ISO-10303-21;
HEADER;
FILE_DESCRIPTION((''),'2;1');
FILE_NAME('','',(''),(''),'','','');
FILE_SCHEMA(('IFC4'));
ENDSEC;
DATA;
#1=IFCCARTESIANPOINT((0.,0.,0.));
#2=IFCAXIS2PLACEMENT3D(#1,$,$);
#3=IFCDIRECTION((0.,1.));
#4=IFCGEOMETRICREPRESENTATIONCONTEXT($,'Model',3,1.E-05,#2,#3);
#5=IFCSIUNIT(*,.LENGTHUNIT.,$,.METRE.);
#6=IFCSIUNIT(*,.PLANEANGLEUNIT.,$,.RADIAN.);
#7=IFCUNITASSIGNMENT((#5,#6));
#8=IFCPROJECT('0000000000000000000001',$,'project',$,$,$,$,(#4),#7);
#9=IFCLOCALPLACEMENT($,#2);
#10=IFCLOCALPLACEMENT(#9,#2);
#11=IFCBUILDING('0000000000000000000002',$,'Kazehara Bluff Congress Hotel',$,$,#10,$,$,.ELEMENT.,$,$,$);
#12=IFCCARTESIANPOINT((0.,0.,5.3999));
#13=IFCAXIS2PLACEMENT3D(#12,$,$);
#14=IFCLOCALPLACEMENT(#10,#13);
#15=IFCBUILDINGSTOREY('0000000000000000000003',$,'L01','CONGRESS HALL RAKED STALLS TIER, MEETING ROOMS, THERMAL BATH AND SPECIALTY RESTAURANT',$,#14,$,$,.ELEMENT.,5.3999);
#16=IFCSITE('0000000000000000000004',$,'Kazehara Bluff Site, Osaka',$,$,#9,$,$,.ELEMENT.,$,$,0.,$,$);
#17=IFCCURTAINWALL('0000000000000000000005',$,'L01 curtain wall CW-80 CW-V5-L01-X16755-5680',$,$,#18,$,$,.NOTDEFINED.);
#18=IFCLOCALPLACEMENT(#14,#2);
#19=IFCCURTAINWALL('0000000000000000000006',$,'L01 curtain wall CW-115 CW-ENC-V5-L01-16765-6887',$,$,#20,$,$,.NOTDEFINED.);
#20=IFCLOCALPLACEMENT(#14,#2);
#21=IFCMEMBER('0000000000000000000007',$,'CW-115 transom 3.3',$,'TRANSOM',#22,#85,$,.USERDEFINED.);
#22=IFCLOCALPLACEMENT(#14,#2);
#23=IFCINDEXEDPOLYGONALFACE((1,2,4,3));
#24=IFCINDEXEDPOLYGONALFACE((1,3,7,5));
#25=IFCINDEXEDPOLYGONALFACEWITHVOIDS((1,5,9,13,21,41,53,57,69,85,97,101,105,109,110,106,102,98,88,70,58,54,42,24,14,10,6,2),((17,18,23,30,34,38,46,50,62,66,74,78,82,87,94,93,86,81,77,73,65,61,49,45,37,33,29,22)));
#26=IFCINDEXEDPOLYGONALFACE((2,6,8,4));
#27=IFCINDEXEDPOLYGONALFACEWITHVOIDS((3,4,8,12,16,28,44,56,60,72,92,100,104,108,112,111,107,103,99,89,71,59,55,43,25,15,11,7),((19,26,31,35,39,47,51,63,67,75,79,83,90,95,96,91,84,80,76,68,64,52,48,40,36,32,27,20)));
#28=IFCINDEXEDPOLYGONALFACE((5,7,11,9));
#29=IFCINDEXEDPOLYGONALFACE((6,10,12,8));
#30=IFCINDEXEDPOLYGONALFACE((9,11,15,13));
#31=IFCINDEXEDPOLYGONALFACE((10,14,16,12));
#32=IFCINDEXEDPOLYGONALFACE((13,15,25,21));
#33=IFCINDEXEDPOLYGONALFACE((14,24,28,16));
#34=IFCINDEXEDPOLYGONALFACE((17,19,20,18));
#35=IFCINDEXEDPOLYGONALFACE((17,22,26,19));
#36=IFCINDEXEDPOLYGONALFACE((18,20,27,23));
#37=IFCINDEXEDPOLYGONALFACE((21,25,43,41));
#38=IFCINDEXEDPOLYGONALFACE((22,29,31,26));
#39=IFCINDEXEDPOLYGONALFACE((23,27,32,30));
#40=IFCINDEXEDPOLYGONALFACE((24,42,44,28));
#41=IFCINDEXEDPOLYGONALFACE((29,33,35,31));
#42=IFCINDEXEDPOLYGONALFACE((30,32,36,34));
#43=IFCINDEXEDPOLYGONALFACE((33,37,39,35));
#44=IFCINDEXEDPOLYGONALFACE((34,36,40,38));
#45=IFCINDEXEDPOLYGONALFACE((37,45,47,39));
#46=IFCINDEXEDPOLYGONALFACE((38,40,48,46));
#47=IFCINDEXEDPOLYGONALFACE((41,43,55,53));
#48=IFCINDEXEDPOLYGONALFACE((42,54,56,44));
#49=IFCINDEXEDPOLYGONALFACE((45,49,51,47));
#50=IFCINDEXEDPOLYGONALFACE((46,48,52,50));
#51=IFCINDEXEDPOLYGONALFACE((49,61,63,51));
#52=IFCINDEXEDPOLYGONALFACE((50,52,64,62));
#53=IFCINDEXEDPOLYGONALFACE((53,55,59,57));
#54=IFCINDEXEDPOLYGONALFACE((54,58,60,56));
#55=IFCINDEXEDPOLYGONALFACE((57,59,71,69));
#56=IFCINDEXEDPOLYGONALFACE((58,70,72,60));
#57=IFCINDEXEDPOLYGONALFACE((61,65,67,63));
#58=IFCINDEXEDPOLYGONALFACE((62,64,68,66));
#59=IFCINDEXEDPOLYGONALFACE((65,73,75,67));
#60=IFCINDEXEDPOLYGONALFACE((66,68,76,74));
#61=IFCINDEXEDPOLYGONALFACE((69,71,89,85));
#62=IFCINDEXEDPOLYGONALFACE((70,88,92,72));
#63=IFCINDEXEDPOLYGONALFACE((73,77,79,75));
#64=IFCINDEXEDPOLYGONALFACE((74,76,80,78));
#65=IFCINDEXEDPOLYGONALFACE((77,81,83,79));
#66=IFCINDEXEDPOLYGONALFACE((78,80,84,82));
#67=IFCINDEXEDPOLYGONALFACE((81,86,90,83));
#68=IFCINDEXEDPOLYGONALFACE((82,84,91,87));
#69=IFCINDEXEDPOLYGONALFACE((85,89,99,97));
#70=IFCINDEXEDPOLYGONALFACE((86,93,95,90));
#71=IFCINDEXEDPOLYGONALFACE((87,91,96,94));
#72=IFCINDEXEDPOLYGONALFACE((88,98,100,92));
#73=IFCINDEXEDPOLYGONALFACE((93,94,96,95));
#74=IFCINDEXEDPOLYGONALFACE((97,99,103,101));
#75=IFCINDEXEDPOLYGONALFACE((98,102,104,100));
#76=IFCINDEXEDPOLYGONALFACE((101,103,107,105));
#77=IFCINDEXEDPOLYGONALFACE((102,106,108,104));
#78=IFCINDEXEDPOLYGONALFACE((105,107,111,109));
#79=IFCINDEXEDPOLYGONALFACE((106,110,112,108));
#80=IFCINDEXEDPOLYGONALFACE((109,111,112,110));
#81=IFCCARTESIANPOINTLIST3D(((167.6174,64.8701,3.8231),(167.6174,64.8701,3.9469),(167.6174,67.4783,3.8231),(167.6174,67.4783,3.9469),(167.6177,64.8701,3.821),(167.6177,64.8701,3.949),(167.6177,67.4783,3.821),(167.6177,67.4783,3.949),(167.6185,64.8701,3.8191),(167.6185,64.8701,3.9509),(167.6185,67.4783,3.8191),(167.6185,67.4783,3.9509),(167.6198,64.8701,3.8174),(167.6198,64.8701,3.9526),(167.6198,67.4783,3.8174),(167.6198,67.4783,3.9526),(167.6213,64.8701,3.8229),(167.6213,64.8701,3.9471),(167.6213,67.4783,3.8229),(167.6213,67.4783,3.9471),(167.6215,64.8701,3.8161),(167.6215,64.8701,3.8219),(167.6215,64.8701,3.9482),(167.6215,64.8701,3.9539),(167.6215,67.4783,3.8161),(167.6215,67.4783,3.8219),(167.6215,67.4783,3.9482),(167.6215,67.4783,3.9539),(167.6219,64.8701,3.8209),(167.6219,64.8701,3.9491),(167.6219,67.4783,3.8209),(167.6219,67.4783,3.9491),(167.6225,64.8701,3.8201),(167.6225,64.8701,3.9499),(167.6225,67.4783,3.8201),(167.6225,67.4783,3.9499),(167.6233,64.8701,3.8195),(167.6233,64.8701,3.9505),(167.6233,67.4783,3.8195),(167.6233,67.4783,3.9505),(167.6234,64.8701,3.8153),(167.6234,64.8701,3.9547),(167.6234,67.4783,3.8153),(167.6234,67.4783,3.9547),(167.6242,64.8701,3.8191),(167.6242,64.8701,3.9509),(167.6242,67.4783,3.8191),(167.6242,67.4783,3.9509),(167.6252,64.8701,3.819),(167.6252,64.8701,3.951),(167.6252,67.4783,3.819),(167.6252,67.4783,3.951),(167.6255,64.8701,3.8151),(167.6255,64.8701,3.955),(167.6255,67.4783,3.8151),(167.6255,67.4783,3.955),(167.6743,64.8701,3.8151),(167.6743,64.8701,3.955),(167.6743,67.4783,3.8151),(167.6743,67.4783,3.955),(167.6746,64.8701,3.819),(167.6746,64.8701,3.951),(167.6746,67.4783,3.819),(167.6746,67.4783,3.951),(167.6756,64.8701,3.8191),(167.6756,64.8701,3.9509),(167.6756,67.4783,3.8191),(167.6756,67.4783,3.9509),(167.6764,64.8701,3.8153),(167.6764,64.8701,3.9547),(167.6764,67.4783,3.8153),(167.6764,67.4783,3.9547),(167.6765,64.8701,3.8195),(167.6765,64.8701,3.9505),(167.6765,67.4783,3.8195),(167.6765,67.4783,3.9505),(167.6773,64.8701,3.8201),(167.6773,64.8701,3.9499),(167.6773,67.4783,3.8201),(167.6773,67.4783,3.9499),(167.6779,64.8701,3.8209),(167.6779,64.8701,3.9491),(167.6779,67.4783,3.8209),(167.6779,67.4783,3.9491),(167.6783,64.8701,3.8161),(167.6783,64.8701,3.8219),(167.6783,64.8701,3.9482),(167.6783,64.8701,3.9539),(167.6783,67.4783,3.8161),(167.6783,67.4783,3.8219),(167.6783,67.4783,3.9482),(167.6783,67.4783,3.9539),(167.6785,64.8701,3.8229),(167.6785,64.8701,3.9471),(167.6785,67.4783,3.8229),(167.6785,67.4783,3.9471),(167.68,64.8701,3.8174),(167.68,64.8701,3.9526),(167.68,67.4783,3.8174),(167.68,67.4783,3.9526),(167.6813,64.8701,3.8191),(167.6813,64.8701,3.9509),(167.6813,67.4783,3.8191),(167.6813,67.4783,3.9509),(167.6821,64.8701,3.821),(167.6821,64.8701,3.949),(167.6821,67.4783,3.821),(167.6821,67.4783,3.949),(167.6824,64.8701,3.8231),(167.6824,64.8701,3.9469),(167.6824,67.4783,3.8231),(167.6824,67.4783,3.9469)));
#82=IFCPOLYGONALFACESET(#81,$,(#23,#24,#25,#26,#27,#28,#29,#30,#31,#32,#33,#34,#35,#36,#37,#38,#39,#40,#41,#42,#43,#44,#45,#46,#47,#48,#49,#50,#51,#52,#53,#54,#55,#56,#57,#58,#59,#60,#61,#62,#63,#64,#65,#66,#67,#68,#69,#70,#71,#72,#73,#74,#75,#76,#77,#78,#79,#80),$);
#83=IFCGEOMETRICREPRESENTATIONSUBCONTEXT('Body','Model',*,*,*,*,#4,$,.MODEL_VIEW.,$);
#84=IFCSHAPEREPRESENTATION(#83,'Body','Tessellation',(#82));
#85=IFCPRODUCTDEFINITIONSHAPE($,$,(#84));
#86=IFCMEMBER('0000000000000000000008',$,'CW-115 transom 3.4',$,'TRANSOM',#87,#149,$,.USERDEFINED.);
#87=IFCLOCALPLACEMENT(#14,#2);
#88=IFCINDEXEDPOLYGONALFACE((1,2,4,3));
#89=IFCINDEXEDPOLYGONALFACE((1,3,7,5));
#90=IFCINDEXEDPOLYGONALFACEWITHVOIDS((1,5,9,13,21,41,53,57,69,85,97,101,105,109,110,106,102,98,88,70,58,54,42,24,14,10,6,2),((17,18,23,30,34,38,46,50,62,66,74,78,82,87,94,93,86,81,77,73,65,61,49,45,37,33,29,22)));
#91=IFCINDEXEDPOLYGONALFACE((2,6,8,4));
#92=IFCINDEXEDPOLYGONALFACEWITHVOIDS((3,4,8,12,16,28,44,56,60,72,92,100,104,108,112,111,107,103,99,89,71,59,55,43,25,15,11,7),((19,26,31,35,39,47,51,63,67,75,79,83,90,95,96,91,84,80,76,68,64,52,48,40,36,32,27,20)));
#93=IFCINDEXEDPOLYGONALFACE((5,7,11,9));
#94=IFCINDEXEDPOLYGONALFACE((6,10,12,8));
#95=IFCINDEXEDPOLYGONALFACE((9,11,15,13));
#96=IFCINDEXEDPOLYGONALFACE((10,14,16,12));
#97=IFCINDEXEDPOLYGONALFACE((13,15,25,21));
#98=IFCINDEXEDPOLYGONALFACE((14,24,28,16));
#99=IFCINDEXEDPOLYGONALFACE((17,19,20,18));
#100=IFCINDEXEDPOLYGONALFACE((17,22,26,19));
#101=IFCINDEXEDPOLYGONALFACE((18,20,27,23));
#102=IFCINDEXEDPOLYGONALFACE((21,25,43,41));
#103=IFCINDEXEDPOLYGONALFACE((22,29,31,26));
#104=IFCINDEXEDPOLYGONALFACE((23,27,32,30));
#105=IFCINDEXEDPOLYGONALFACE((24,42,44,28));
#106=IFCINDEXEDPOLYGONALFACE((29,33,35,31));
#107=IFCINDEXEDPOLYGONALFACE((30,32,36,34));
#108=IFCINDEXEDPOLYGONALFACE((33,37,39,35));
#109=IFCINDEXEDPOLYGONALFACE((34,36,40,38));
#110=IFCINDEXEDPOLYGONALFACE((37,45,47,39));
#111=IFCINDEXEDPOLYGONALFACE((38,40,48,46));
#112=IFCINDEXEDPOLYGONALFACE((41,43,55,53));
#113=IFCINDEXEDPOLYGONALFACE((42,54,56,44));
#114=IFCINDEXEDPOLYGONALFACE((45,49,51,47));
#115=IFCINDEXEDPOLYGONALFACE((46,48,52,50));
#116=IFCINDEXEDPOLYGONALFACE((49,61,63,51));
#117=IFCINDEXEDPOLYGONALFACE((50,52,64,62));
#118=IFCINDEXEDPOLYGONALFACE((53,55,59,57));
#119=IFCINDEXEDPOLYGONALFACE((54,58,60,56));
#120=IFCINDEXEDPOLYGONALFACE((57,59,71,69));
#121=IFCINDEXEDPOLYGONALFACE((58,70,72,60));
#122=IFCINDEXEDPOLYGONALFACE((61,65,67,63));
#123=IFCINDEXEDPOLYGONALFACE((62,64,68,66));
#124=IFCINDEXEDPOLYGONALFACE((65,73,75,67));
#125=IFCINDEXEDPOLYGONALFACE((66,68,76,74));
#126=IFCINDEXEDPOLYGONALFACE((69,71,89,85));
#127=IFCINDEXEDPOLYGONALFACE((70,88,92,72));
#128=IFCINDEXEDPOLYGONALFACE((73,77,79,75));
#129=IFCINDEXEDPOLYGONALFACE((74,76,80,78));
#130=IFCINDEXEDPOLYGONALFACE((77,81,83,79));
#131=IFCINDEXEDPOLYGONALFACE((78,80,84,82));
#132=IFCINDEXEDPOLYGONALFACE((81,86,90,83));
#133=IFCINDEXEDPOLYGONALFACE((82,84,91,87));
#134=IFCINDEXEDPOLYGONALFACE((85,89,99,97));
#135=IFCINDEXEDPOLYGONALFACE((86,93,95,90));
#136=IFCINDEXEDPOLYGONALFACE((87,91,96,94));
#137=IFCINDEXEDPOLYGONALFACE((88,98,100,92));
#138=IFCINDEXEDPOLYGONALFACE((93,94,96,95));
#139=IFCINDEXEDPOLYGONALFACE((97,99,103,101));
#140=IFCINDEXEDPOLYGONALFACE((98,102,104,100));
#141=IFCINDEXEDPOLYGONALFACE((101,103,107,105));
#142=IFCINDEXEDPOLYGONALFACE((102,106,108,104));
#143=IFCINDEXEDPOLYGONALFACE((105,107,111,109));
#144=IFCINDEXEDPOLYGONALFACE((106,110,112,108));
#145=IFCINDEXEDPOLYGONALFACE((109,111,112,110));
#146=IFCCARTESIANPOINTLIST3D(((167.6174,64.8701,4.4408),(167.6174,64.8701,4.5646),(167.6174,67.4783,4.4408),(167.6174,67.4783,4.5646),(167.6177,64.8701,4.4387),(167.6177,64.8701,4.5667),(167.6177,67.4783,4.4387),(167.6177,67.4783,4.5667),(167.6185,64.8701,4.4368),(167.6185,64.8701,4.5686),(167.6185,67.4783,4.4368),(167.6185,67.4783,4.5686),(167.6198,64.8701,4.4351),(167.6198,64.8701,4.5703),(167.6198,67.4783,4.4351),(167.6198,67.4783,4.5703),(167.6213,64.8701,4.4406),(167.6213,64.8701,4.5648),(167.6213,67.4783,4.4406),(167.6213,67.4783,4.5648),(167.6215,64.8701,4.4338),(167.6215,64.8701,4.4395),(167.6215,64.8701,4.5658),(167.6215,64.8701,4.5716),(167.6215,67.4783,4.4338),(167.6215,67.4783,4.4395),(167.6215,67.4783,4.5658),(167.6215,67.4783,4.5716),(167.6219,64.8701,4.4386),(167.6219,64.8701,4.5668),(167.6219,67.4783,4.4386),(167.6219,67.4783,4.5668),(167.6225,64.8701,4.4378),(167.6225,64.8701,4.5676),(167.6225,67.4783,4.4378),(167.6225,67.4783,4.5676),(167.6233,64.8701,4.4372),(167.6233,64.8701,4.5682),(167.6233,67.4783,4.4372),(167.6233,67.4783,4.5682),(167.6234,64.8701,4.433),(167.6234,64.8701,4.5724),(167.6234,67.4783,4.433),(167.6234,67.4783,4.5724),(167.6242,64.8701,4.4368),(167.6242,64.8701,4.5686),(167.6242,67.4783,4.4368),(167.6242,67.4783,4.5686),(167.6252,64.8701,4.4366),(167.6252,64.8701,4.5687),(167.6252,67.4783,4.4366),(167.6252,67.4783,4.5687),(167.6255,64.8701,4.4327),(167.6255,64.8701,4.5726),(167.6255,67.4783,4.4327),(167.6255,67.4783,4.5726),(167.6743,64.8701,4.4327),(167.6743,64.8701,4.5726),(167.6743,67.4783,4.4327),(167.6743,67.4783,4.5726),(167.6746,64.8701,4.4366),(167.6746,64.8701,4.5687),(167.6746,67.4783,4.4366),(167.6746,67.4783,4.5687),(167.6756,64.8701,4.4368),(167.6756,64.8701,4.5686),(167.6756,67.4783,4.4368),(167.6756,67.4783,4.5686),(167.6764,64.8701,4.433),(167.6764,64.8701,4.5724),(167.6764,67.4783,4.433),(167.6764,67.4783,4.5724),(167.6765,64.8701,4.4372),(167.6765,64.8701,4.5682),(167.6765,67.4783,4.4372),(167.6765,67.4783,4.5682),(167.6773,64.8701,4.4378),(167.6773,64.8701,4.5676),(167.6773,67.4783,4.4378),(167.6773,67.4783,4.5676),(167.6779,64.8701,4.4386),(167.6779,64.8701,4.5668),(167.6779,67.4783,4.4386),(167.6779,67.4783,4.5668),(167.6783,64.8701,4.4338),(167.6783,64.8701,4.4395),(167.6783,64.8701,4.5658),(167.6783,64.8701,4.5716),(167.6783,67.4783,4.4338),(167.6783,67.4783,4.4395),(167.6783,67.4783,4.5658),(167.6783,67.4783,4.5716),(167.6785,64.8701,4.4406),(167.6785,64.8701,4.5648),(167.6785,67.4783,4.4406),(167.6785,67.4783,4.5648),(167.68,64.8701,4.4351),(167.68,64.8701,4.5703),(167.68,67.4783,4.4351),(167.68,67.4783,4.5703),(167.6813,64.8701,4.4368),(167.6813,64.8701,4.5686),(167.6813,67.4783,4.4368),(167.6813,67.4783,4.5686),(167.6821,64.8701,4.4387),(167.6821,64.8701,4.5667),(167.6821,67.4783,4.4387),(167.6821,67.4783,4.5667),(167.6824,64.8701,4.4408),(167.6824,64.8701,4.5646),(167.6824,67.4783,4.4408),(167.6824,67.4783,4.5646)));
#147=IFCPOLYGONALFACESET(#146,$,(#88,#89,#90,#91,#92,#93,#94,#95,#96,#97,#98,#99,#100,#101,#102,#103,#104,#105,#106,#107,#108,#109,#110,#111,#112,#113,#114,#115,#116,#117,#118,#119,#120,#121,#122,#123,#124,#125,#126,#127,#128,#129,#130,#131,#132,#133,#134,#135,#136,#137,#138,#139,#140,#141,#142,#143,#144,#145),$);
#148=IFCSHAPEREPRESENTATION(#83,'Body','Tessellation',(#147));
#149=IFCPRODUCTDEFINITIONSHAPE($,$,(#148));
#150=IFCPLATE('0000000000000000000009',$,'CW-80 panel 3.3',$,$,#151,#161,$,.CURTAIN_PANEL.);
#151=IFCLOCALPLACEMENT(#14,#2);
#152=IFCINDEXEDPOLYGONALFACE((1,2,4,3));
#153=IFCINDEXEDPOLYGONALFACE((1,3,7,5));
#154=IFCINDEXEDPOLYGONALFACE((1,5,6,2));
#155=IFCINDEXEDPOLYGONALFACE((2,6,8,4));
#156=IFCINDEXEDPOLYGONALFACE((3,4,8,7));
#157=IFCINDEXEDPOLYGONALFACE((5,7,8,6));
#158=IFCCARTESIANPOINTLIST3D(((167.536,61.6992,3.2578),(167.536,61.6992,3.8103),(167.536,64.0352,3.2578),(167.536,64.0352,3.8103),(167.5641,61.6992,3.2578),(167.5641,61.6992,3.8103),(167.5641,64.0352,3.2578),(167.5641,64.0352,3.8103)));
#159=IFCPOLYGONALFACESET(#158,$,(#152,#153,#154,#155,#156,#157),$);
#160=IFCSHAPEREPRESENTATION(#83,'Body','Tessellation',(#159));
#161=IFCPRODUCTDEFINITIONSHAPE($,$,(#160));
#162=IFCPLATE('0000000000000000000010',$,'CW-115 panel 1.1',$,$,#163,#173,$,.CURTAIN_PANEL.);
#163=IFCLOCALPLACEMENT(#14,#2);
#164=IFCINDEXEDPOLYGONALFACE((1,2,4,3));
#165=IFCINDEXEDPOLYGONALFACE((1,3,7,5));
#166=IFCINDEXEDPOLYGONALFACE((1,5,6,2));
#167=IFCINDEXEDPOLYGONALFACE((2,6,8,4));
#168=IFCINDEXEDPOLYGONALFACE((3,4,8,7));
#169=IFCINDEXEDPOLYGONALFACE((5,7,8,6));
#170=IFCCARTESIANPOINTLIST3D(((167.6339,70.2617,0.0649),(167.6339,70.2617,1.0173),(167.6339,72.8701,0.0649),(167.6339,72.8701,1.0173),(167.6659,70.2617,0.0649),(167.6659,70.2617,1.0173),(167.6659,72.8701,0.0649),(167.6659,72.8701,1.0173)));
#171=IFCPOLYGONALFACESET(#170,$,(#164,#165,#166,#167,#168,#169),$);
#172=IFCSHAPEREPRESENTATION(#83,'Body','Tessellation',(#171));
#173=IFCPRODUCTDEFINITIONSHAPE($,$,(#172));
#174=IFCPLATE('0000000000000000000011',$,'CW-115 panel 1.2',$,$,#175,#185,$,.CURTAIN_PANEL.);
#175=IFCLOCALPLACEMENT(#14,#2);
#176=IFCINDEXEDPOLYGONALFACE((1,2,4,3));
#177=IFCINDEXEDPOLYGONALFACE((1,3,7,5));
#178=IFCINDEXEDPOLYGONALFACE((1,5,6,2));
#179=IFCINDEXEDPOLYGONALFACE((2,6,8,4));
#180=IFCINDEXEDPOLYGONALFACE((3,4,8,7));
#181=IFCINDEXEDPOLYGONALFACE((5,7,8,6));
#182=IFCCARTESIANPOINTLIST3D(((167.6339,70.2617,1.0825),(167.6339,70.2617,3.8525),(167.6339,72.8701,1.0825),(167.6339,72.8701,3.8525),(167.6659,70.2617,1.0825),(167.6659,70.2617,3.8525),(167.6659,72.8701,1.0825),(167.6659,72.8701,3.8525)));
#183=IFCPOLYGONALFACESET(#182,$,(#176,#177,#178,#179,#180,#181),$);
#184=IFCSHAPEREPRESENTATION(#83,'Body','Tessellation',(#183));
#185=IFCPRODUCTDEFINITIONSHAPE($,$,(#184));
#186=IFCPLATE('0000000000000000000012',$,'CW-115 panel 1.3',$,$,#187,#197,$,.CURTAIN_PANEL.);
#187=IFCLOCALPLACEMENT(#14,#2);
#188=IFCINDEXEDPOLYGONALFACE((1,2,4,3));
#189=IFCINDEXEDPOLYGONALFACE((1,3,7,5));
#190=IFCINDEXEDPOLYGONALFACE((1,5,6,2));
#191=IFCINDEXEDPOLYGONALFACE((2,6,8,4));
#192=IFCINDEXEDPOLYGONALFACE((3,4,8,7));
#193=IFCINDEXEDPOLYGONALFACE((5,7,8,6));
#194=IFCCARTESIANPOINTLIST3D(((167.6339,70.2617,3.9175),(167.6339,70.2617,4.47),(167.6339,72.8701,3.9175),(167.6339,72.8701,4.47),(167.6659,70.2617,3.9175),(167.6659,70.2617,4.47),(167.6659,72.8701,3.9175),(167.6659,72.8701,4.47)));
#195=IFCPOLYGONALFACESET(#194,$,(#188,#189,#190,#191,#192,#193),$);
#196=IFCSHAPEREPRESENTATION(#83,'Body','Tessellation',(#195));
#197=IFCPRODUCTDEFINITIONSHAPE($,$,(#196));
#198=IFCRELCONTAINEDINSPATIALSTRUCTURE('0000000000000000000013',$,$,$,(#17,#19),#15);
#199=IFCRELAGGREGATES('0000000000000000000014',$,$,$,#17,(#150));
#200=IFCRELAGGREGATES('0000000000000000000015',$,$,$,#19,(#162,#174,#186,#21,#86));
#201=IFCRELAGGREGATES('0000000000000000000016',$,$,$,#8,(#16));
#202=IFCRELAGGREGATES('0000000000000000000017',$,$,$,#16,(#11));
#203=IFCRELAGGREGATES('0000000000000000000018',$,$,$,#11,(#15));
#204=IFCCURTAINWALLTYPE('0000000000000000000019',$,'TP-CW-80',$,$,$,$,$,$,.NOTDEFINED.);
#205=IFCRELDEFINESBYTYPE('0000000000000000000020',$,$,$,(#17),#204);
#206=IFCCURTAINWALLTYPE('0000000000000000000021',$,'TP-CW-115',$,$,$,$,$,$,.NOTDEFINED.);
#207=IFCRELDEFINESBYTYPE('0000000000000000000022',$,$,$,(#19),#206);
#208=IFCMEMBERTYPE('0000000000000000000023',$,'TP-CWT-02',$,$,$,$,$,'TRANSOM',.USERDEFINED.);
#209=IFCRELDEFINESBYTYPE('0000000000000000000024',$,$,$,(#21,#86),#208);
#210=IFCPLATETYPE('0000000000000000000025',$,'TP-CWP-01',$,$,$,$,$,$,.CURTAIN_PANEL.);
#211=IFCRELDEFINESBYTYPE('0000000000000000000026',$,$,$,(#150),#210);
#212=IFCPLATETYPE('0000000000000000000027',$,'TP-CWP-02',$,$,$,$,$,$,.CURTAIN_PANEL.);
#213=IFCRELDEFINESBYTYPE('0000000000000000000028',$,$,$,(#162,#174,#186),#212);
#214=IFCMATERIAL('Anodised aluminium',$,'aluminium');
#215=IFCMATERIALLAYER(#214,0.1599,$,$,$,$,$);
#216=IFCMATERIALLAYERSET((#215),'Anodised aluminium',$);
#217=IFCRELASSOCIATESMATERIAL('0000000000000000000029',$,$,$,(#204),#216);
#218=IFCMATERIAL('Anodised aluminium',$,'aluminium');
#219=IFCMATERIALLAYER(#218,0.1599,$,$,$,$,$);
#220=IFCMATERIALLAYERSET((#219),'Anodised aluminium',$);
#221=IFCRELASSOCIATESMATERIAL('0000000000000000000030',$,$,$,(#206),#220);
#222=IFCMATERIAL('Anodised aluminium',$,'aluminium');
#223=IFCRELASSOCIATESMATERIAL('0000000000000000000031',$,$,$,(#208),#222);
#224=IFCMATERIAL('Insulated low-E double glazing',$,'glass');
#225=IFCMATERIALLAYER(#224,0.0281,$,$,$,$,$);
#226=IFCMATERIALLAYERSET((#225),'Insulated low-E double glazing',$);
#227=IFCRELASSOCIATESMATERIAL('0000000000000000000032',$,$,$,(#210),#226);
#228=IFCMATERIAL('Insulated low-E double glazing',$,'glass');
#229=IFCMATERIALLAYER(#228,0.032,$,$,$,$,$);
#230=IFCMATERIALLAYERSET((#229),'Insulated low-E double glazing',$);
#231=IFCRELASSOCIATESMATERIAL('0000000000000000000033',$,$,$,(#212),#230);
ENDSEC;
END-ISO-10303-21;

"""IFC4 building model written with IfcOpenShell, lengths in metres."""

from ifc_helpers import new_model, si_unit, direction, frame, origin, origin_2d, place, context, subcontext, project, spatial, rectangle, hollow_rectangle, extrude, material, layer, layer_set, material_profile, profile_set, type_object, element, aggregate, save


model = new_model("IFC4")

# Units and contexts
model_context = context("Model", 3, precision=1e-05, world=origin(), true_north=direction((0.0, 1.0)))
body_context = subcontext(model_context, "Body", "Model", "MODEL_VIEW")
ifc_project = project(units=[si_unit("LENGTHUNIT", "METRE"), si_unit("PLANEANGLEUNIT", "RADIAN")], contexts=[model_context])

# Site, building, storey
site_placement = place(None, origin())
site = spatial("IfcSite", under=ifc_project, at=site_placement, Name="Kazehara Bluff Site, Osaka", CompositionType="ELEMENT", RefElevation=0.0)
building_placement = place(site_placement, origin())
building = spatial("IfcBuilding", under=site, at=building_placement, Name="Kazehara Bluff Congress Hotel", CompositionType="ELEMENT")
storey_placement = place(building_placement, frame((0.0, 0.0, 5.3999)))
storey = spatial("IfcBuildingStorey", under=building, at=storey_placement, Name="L01", Description="CONGRESS HALL RAKED STALLS TIER, MEETING ROOMS, THERMAL BATH AND SPECIALTY RESTAURANT", CompositionType="ELEMENT", Elevation=5.3999)

# Curtain wall
ifc_material_1 = material(Name="Anodised aluminium", Category="aluminium")
ifc_layer_1 = layer(ifc_material_1, 0.1599)
ifc_layer_set_1 = layer_set([ifc_layer_1], Name="Anodised aluminium")
curtain_wall_type_1 = type_object("IfcCurtainWallType", Name="TP-CW-80", PredefinedType="NOTDEFINED", material=ifc_layer_set_1)
curtain_wall_1_placement = place(storey_placement, origin())
curtain_wall_1 = element("IfcCurtainWall", 1, at=curtain_wall_1_placement, inside=storey, type_object=curtain_wall_type_1, Name="L01 curtain wall CW-80 CW-V5-L01-X16755-5680", PredefinedType="NOTDEFINED")

# Curtain wall, members
ifc_material_2 = material(Name="Anodised aluminium", Category="aluminium")
ifc_layer_2 = layer(ifc_material_2, 0.1599)
ifc_layer_set_2 = layer_set([ifc_layer_2], Name="Anodised aluminium")
curtain_wall_type_2 = type_object("IfcCurtainWallType", Name="TP-CW-115", PredefinedType="NOTDEFINED", material=ifc_layer_set_2)
curtain_wall_2_placement = place(storey_placement, origin())
curtain_wall_2 = element("IfcCurtainWall", 2, at=curtain_wall_2_placement, inside=storey, type_object=curtain_wall_type_2, Name="L01 curtain wall CW-115 CW-ENC-V5-L01-16765-6887", PredefinedType="NOTDEFINED")
ifc_material_3 = material(Name="Anodised aluminium", Category="aluminium")
ifc_material_profile_1 = material_profile(ifc_material_3, hollow_rectangle(XDim=0.0649, YDim=0.1399, WallThickness=0.0039, InnerFilletRadius=0.0039, OuterFilletRadius=0.0081, at=origin_2d()))
ifc_profile_set_1 = profile_set([ifc_material_profile_1], Name="Anodised aluminium")
member_type_1 = type_object("IfcMemberType", Name="TP-CWT-02", ElementType="TRANSOM", PredefinedType="USERDEFINED", material=ifc_profile_set_1)
member_1_placement = place(storey_placement, frame((167.6499, 67.4783, 3.885), z_axis=(0.0, -1.0, 0.0), x_axis=(1.0, 0.0, 0.0)))
member_1 = element("IfcMember", 3, at=member_1_placement, type_object=member_type_1, Name="CW-115 transom 3.3", ObjectType="TRANSOM", PredefinedType="USERDEFINED", context=body_context, shape_type="SweptSolid", body=[
    extrude(hollow_rectangle(XDim=0.0649, YDim=0.1399, WallThickness=0.0039, InnerFilletRadius=0.0039, OuterFilletRadius=0.0081, at=origin_2d()), origin(), (0.0, 0.0, 1.0), 2.6082),
])
member_2_placement = place(storey_placement, frame((167.6499, 67.4783, 4.5027), z_axis=(0.0, -1.0, 0.0), x_axis=(1.0, 0.0, 0.0)))
member_2 = element("IfcMember", 4, at=member_2_placement, type_object=member_type_1, Name="CW-115 transom 3.4", ObjectType="TRANSOM", PredefinedType="USERDEFINED", context=body_context, shape_type="SweptSolid", body=[
    extrude(hollow_rectangle(XDim=0.0649, YDim=0.1399, WallThickness=0.0039, InnerFilletRadius=0.0039, OuterFilletRadius=0.0081, at=origin_2d()), origin(), (0.0, 0.0, 1.0), 2.6082),
])

# Plates
ifc_material_4 = material(Name="Insulated low-E double glazing", Category="glass")
ifc_layer_3 = layer(ifc_material_4, 0.0281)
ifc_layer_set_3 = layer_set([ifc_layer_3], Name="Insulated low-E double glazing")
plate_type_1 = type_object("IfcPlateType", Name="TP-CWP-01", PredefinedType="CURTAIN_PANEL", material=ifc_layer_set_3)
plate_1_placement = place(storey_placement, frame((167.55, 62.8672, 3.2578), z_axis=(0.0, 0.0, 1.0), x_axis=(0.0, 1.0, 0.0)))
plate_1 = element("IfcPlate", 5, at=plate_1_placement, type_object=plate_type_1, Name="CW-80 panel 3.3", PredefinedType="CURTAIN_PANEL", context=body_context, shape_type="SweptSolid", body=[
    extrude(rectangle(XDim=2.3359, YDim=0.0281, at=origin_2d()), origin(), (0.0, 0.0, 1.0), 0.5525),
])
aggregate(curtain_wall_1, [plate_1])
ifc_material_5 = material(Name="Insulated low-E double glazing", Category="glass")
ifc_layer_4 = layer(ifc_material_5, 0.032)
ifc_layer_set_4 = layer_set([ifc_layer_4], Name="Insulated low-E double glazing")
plate_type_2 = type_object("IfcPlateType", Name="TP-CWP-02", PredefinedType="CURTAIN_PANEL", material=ifc_layer_set_4)
plate_2_placement = place(storey_placement, frame((167.6499, 71.5659, 0.0649), z_axis=(0.0, 0.0, 1.0), x_axis=(0.0, -1.0, 0.0)))
plate_2 = element("IfcPlate", 6, at=plate_2_placement, type_object=plate_type_2, Name="CW-115 panel 1.1", PredefinedType="CURTAIN_PANEL", context=body_context, shape_type="SweptSolid", body=[
    extrude(rectangle(XDim=2.6084, YDim=0.032, at=origin_2d()), origin(), (0.0, 0.0, 1.0), 0.9524),
])
plate_3_placement = place(storey_placement, frame((167.6499, 71.5659, 1.0825), z_axis=(0.0, 0.0, 1.0), x_axis=(0.0, -1.0, 0.0)))
plate_3 = element("IfcPlate", 7, at=plate_3_placement, type_object=plate_type_2, Name="CW-115 panel 1.2", PredefinedType="CURTAIN_PANEL", context=body_context, shape_type="SweptSolid", body=[
    extrude(rectangle(XDim=2.6084, YDim=0.032, at=origin_2d()), origin(), (0.0, 0.0, 1.0), 2.77),
])
plate_4_placement = place(storey_placement, frame((167.6499, 71.5659, 3.9175), z_axis=(0.0, 0.0, 1.0), x_axis=(0.0, -1.0, 0.0)))
plate_4 = element("IfcPlate", 8, at=plate_4_placement, type_object=plate_type_2, Name="CW-115 panel 1.3", PredefinedType="CURTAIN_PANEL", context=body_context, shape_type="SweptSolid", body=[
    extrude(rectangle(XDim=2.6084, YDim=0.032, at=origin_2d()), origin(), (0.0, 0.0, 1.0), 0.5525),
])
aggregate(curtain_wall_2, [plate_2, plate_3, plate_4, member_1, member_2])

save(model, "model.ifc")
